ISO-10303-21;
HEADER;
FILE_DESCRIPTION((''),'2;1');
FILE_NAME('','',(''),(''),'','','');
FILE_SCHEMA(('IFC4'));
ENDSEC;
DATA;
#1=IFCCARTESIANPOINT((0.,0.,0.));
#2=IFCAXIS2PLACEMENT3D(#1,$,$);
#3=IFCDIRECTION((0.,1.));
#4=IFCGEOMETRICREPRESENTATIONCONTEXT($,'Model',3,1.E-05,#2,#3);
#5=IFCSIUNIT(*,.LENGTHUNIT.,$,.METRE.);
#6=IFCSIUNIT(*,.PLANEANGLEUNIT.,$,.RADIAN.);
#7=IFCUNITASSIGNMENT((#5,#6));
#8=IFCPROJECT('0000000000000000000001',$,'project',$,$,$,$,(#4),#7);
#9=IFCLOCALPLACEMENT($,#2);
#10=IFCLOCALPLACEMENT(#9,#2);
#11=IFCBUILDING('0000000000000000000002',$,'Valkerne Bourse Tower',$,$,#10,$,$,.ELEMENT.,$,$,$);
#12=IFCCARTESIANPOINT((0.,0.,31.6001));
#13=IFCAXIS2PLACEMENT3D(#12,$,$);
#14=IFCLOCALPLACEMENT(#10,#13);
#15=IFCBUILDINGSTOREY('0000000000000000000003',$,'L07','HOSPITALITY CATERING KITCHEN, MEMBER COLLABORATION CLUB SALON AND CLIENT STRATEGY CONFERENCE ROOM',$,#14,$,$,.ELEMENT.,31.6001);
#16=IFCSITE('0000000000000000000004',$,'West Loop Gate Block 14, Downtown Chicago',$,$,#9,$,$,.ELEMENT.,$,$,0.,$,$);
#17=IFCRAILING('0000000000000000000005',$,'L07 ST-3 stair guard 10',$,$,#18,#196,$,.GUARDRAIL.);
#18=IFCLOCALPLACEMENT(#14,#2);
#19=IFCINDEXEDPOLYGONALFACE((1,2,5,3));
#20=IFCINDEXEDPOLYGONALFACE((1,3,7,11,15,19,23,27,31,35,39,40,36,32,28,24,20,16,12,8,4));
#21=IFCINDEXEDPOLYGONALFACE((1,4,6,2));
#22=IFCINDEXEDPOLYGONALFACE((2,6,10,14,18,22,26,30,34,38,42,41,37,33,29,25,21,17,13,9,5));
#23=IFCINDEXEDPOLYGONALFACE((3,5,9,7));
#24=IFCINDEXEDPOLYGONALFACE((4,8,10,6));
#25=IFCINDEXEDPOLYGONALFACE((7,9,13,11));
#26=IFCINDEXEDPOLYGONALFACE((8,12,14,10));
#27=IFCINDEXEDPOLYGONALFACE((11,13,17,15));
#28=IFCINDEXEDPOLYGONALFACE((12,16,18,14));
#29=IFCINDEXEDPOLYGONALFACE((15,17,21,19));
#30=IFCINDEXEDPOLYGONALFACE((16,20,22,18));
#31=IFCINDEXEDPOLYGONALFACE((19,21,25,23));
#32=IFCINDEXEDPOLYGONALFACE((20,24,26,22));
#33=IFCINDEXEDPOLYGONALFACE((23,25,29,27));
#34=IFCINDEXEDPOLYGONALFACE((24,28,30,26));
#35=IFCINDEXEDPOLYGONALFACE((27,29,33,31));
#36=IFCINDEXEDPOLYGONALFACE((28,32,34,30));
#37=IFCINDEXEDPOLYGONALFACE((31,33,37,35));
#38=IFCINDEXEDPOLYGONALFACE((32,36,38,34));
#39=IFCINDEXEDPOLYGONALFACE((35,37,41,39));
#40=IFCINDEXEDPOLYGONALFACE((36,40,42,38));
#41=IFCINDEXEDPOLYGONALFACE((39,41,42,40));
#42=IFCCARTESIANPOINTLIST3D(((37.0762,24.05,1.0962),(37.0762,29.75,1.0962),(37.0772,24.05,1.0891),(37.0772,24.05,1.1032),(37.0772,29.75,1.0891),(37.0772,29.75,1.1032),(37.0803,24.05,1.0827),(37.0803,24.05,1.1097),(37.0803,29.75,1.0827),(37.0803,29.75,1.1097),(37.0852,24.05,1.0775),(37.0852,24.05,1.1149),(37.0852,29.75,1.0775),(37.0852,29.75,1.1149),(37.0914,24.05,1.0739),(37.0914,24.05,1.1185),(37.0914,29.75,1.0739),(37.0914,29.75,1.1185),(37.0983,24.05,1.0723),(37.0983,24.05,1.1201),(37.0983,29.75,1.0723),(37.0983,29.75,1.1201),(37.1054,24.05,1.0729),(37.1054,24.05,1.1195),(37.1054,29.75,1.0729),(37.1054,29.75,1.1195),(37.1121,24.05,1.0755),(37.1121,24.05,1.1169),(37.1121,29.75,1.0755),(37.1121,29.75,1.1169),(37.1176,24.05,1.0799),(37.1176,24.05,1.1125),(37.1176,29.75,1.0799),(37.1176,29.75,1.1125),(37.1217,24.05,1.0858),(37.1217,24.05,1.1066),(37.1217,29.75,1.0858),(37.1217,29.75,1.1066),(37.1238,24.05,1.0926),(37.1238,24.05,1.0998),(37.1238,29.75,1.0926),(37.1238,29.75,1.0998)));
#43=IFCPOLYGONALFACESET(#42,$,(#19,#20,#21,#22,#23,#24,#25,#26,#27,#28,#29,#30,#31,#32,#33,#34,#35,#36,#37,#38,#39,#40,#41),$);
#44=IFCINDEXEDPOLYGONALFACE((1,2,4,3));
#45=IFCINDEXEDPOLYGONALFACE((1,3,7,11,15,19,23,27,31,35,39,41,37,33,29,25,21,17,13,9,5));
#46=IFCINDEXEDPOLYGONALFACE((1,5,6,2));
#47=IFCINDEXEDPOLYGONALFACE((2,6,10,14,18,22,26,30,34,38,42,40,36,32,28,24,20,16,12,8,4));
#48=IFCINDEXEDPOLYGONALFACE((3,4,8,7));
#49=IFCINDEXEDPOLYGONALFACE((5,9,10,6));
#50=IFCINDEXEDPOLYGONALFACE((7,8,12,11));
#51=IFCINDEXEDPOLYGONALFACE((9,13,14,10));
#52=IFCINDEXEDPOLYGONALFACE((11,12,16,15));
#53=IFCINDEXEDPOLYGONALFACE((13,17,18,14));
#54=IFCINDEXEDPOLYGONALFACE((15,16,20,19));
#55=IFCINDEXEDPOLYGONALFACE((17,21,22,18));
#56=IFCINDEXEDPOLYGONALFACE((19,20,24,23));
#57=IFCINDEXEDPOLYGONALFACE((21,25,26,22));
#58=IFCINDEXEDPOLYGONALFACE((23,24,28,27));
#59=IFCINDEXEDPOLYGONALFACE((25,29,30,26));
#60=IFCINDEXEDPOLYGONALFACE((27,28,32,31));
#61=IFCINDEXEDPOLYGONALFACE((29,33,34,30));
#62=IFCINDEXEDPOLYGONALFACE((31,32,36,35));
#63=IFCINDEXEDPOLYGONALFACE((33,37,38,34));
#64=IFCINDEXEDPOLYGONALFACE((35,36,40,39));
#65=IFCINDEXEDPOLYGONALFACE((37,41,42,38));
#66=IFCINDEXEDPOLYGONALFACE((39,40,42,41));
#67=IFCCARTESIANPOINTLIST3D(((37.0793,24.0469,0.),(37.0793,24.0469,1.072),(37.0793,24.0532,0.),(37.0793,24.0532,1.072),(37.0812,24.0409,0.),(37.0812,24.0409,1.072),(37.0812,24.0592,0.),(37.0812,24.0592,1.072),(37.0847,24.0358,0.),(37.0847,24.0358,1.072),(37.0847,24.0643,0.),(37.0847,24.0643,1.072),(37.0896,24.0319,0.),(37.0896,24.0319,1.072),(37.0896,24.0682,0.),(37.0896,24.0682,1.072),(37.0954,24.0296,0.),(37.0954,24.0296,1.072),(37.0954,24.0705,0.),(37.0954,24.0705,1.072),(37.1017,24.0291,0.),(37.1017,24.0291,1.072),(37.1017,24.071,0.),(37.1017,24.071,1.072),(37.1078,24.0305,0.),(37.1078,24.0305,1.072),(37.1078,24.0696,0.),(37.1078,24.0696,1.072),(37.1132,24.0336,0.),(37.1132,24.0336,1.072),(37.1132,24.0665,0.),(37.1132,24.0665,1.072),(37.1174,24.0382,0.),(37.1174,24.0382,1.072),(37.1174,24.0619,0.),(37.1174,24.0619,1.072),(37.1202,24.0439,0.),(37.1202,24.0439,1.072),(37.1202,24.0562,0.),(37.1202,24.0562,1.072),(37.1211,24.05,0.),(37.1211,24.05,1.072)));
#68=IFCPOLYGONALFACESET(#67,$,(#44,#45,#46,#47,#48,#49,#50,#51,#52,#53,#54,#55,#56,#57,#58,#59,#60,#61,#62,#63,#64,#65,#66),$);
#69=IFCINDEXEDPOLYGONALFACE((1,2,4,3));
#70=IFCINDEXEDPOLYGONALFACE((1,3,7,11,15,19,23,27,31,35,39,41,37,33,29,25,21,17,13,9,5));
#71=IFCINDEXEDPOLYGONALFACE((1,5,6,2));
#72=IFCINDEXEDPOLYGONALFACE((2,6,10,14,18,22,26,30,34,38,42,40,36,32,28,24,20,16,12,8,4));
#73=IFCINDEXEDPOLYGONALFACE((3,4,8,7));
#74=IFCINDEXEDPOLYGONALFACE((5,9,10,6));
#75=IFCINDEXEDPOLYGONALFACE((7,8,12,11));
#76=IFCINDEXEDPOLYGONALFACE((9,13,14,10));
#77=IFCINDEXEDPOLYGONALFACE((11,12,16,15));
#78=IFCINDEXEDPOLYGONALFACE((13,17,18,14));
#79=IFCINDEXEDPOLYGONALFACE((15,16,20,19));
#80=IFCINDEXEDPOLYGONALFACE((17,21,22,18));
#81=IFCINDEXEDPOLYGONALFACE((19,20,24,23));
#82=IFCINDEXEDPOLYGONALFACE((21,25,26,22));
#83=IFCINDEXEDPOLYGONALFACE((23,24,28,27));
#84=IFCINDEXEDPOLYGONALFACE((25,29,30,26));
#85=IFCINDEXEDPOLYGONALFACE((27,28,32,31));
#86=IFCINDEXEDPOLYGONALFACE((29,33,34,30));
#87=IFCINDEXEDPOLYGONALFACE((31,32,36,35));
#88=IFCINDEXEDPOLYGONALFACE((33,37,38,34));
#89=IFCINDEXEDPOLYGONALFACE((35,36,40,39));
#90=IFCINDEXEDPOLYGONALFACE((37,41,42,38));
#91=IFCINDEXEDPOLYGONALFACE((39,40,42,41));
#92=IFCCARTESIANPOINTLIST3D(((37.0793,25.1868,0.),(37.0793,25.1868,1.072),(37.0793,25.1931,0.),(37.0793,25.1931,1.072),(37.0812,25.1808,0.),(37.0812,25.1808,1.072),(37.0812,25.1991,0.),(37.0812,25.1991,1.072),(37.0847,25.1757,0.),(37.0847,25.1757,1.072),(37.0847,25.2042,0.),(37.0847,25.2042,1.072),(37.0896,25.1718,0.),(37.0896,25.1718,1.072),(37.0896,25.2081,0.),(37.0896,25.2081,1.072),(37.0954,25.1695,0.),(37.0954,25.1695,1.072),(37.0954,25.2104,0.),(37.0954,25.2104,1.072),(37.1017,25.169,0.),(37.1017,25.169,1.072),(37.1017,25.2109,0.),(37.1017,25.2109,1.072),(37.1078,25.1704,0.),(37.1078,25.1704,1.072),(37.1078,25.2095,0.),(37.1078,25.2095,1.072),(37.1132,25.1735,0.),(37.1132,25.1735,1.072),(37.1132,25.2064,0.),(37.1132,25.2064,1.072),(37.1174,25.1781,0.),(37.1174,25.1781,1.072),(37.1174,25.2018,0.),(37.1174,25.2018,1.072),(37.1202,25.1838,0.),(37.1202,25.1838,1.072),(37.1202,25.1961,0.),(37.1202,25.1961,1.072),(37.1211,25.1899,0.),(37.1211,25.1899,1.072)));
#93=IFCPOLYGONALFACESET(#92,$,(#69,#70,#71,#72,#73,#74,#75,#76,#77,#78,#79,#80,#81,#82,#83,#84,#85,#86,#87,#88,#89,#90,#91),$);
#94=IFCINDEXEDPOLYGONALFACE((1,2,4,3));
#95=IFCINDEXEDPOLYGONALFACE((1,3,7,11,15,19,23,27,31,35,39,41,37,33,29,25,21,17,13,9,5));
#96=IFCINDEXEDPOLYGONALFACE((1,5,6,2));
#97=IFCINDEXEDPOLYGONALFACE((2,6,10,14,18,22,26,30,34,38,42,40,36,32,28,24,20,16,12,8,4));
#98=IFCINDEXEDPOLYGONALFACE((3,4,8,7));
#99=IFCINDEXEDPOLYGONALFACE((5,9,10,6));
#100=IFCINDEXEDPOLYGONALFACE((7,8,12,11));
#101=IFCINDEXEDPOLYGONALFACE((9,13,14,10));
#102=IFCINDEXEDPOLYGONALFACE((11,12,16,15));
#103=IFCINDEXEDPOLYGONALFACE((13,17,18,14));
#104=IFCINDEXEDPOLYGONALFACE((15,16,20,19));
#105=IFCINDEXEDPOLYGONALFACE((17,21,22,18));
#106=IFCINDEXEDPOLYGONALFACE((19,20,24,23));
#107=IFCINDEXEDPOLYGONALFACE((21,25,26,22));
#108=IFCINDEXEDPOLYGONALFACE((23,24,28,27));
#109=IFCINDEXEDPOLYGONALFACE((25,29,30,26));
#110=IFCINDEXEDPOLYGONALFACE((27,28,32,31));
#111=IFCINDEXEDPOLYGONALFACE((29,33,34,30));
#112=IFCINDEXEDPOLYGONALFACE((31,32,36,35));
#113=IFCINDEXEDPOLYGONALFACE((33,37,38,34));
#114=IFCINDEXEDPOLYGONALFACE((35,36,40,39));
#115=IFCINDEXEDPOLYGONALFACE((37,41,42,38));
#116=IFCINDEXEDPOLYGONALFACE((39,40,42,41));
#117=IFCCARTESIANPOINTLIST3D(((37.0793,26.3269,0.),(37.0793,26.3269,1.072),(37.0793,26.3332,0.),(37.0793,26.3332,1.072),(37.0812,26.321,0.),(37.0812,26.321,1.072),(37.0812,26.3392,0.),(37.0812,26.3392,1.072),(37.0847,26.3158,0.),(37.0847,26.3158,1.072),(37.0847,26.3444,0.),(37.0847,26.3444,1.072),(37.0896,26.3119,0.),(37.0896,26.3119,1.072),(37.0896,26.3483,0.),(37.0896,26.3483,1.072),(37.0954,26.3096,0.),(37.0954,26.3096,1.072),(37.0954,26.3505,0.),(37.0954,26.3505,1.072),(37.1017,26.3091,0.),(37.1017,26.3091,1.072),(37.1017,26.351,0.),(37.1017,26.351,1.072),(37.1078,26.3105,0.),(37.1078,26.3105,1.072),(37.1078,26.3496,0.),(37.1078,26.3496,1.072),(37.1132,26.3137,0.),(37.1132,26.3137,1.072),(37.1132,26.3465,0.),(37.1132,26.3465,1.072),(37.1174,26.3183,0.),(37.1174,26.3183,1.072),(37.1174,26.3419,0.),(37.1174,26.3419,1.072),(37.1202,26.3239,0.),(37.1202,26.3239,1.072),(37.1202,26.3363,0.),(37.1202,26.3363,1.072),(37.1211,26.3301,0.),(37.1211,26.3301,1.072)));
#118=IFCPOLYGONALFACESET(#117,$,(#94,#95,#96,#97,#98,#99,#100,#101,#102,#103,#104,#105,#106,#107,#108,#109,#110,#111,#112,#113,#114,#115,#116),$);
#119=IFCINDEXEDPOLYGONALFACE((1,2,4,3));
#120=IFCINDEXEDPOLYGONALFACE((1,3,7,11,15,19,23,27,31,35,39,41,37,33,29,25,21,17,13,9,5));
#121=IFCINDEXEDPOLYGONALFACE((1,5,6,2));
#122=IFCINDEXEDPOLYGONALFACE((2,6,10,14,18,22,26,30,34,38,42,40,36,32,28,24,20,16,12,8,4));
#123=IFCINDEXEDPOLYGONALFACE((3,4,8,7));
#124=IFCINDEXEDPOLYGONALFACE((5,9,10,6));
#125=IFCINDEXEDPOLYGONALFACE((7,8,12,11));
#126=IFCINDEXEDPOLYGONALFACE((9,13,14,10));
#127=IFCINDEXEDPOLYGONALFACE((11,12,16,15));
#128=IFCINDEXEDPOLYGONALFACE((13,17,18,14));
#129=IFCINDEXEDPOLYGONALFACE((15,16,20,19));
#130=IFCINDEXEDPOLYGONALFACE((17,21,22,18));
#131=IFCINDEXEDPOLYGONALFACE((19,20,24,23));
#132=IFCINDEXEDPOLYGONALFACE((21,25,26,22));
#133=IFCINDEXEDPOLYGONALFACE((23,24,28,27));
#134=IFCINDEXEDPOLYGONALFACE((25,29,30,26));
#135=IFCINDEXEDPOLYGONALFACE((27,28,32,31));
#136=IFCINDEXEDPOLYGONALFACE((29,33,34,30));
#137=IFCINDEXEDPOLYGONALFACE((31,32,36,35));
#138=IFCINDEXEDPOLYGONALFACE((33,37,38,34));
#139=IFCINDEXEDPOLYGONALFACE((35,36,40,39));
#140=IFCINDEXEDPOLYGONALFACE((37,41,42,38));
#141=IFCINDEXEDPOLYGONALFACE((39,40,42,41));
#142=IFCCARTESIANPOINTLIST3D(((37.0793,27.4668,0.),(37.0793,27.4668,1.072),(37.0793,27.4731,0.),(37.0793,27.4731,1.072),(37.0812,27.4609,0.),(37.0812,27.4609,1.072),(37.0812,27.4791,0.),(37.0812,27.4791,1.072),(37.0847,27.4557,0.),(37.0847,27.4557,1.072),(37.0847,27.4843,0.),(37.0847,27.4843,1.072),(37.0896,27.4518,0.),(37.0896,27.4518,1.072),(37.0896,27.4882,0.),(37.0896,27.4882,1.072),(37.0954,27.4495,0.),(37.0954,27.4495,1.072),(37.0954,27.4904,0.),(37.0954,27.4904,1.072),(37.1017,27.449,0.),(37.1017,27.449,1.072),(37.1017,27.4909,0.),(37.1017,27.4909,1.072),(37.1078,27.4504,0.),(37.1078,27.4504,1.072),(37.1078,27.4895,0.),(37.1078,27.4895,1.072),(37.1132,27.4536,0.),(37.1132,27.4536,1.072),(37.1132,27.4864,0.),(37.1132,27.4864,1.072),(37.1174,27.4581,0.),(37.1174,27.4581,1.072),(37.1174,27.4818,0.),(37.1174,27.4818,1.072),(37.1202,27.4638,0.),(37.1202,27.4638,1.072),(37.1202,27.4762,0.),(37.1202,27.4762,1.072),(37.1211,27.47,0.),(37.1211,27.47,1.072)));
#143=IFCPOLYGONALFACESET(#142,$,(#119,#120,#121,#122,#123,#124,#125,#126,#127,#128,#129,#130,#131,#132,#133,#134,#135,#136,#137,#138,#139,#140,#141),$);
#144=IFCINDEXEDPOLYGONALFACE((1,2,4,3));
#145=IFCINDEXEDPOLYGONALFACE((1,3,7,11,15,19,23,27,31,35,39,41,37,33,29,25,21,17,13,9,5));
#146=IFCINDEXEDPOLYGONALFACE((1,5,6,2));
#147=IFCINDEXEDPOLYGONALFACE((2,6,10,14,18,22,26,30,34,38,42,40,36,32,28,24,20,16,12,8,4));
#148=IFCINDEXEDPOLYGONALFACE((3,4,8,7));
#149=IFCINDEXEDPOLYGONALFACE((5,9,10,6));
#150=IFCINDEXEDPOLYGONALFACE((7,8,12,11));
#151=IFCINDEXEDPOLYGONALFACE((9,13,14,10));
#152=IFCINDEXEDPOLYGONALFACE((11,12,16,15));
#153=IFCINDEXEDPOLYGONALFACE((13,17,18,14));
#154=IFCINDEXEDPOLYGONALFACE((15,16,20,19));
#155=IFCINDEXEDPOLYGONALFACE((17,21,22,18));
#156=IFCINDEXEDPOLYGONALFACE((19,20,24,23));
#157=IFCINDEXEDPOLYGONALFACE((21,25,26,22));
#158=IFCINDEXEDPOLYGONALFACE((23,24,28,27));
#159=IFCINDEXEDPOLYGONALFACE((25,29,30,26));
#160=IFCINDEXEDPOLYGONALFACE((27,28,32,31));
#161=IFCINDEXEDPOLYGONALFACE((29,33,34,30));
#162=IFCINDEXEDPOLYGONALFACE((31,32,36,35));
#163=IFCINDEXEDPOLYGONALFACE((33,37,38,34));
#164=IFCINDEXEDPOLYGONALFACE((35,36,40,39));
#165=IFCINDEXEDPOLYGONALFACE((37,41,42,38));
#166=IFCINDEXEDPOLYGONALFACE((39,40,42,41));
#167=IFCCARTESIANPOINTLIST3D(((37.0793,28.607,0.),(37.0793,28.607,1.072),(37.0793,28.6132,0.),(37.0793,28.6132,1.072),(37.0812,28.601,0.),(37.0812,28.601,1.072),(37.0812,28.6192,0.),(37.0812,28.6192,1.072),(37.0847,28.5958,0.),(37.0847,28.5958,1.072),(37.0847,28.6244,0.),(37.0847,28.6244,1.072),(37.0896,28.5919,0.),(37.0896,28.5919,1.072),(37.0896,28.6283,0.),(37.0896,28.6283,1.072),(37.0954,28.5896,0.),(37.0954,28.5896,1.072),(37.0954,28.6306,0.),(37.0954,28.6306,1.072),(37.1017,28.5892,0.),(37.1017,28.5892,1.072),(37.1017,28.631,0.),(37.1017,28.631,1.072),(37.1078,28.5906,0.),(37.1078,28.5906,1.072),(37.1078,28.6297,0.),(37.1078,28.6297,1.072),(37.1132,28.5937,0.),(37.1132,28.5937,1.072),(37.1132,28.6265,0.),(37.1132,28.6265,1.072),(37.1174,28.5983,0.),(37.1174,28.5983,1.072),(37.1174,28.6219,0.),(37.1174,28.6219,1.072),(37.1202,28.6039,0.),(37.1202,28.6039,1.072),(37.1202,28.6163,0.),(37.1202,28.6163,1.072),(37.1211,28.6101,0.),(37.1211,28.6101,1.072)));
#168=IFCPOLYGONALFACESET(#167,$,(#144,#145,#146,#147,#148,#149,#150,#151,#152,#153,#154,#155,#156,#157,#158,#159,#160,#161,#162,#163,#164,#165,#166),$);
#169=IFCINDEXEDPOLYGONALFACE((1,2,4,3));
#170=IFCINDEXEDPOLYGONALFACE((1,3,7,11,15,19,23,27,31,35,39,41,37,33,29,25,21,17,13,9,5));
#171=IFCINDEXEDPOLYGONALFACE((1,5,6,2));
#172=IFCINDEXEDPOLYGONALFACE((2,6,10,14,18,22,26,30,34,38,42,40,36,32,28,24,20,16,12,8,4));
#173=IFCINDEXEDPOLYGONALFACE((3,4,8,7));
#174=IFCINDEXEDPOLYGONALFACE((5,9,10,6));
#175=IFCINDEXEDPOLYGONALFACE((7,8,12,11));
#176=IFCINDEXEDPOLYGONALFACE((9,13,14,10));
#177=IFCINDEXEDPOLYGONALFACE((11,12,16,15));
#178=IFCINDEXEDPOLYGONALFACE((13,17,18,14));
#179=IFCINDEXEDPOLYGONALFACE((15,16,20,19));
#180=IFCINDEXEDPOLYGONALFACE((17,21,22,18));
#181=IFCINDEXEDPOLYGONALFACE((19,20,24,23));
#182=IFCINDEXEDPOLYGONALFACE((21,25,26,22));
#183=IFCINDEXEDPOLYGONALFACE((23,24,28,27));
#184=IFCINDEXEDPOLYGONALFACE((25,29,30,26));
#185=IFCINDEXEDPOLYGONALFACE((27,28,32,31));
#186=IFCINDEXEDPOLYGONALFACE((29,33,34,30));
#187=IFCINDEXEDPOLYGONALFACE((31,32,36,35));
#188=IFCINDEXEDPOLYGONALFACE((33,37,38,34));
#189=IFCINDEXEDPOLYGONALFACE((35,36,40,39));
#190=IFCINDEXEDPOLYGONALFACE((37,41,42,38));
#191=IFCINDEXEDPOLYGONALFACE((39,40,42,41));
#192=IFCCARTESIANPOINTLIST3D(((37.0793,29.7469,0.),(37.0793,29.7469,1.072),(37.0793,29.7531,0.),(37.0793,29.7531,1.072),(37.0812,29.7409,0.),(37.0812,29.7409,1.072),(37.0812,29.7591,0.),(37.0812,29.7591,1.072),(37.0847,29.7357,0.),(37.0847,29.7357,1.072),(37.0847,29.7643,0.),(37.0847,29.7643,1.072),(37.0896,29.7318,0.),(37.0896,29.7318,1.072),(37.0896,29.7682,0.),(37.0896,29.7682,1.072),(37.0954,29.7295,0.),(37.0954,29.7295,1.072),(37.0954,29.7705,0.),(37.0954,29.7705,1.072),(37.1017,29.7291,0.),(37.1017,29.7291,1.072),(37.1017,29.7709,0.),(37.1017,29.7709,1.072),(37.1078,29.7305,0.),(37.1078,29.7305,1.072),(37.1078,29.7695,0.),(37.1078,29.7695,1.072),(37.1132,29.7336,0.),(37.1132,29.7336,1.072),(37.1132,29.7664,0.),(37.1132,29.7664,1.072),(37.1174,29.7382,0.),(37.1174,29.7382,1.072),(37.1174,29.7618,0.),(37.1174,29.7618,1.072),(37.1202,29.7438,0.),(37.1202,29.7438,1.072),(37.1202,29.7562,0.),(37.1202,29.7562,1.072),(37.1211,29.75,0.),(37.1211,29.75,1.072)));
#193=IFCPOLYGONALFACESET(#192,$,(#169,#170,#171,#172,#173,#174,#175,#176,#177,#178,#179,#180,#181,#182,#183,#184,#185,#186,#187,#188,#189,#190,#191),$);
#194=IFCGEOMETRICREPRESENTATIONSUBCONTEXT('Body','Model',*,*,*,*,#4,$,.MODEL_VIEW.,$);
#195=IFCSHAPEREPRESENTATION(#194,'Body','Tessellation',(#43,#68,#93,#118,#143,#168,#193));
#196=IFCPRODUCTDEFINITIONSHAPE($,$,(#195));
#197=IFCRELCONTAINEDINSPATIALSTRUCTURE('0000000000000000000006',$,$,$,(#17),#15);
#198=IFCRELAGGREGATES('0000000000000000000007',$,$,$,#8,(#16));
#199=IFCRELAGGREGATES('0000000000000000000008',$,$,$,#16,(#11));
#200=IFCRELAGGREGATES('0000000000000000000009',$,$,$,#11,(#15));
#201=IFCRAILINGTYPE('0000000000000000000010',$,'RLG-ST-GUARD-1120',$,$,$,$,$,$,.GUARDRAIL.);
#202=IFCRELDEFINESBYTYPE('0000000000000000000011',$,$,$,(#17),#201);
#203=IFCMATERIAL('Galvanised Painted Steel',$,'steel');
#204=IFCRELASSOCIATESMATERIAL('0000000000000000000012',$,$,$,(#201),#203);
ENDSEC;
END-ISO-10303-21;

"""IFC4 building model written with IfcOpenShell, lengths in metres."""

from ifc_helpers import new_model, si_unit, direction, frame, origin, origin_2d, place, context, subcontext, project, spatial, circle, extrude, material, type_object, element, save


model = new_model("IFC4")

# Units and contexts
model_context = context("Model", 3, precision=1e-05, world=origin(), true_north=direction((0.0, 1.0)))
body_context = subcontext(model_context, "Body", "Model", "MODEL_VIEW")
ifc_project = project(units=[si_unit("LENGTHUNIT", "METRE"), si_unit("PLANEANGLEUNIT", "RADIAN")], contexts=[model_context])

# Site, building, storey
site_placement = place(None, origin())
site = spatial("IfcSite", under=ifc_project, at=site_placement, Name="West Loop Gate Block 14, Downtown Chicago", CompositionType="ELEMENT", RefElevation=0.0)
building_placement = place(site_placement, origin())
building = spatial("IfcBuilding", under=site, at=building_placement, Name="Valkerne Bourse Tower", CompositionType="ELEMENT")
storey_placement = place(building_placement, frame((0.0, 0.0, 31.6001)))
storey = spatial("IfcBuildingStorey", under=building, at=storey_placement, Name="L07", Description="HOSPITALITY CATERING KITCHEN, MEMBER COLLABORATION CLUB SALON AND CLIENT STRATEGY CONFERENCE ROOM", CompositionType="ELEMENT", Elevation=31.6001)

# Shared definitions
ifc_material_1 = material(Name="Galvanised Painted Steel", Category="steel")

# Railing
railing_type_1 = type_object("IfcRailingType", Name="RLG-ST-GUARD-1120", PredefinedType="GUARDRAIL", material=ifc_material_1)
railing_1_placement = place(storey_placement, frame((37.1001, 24.05, 0.0)))
element("IfcRailing", 1, at=railing_1_placement, inside=storey, type_object=railing_type_1, Name="L07 ST-3 stair guard 10", PredefinedType="GUARDRAIL", context=body_context, shape_type="SweptSolid", body=[
    extrude(circle(Radius=0.0239, at=origin_2d()), frame((0.0, 0.0, 1.0962), z_axis=(0.0, 1.0, 0.0), x_axis=(-1.0, 0.0, 0.0)), (0.0, 0.0, 1.0), 5.7),
    extrude(circle(Radius=0.021, at=origin_2d()), origin(), (0.0, 0.0, 1.0), 1.072),
    extrude(circle(Radius=0.021, at=origin_2d()), frame((0.0, 1.1399, 0.0)), (0.0, 0.0, 1.0), 1.072),
    extrude(circle(Radius=0.021, at=origin_2d()), frame((0.0, 2.28, 0.0)), (0.0, 0.0, 1.0), 1.072),
    extrude(circle(Radius=0.021, at=origin_2d()), frame((0.0, 3.4199, 0.0)), (0.0, 0.0, 1.0), 1.072),
    extrude(circle(Radius=0.021, at=origin_2d()), frame((0.0, 4.5601, 0.0)), (0.0, 0.0, 1.0), 1.072),
    extrude(circle(Radius=0.021, at=origin_2d()), frame((0.0, 5.7, 0.0)), (0.0, 0.0, 1.0), 1.072),
])

save(model, "model.ifc")
